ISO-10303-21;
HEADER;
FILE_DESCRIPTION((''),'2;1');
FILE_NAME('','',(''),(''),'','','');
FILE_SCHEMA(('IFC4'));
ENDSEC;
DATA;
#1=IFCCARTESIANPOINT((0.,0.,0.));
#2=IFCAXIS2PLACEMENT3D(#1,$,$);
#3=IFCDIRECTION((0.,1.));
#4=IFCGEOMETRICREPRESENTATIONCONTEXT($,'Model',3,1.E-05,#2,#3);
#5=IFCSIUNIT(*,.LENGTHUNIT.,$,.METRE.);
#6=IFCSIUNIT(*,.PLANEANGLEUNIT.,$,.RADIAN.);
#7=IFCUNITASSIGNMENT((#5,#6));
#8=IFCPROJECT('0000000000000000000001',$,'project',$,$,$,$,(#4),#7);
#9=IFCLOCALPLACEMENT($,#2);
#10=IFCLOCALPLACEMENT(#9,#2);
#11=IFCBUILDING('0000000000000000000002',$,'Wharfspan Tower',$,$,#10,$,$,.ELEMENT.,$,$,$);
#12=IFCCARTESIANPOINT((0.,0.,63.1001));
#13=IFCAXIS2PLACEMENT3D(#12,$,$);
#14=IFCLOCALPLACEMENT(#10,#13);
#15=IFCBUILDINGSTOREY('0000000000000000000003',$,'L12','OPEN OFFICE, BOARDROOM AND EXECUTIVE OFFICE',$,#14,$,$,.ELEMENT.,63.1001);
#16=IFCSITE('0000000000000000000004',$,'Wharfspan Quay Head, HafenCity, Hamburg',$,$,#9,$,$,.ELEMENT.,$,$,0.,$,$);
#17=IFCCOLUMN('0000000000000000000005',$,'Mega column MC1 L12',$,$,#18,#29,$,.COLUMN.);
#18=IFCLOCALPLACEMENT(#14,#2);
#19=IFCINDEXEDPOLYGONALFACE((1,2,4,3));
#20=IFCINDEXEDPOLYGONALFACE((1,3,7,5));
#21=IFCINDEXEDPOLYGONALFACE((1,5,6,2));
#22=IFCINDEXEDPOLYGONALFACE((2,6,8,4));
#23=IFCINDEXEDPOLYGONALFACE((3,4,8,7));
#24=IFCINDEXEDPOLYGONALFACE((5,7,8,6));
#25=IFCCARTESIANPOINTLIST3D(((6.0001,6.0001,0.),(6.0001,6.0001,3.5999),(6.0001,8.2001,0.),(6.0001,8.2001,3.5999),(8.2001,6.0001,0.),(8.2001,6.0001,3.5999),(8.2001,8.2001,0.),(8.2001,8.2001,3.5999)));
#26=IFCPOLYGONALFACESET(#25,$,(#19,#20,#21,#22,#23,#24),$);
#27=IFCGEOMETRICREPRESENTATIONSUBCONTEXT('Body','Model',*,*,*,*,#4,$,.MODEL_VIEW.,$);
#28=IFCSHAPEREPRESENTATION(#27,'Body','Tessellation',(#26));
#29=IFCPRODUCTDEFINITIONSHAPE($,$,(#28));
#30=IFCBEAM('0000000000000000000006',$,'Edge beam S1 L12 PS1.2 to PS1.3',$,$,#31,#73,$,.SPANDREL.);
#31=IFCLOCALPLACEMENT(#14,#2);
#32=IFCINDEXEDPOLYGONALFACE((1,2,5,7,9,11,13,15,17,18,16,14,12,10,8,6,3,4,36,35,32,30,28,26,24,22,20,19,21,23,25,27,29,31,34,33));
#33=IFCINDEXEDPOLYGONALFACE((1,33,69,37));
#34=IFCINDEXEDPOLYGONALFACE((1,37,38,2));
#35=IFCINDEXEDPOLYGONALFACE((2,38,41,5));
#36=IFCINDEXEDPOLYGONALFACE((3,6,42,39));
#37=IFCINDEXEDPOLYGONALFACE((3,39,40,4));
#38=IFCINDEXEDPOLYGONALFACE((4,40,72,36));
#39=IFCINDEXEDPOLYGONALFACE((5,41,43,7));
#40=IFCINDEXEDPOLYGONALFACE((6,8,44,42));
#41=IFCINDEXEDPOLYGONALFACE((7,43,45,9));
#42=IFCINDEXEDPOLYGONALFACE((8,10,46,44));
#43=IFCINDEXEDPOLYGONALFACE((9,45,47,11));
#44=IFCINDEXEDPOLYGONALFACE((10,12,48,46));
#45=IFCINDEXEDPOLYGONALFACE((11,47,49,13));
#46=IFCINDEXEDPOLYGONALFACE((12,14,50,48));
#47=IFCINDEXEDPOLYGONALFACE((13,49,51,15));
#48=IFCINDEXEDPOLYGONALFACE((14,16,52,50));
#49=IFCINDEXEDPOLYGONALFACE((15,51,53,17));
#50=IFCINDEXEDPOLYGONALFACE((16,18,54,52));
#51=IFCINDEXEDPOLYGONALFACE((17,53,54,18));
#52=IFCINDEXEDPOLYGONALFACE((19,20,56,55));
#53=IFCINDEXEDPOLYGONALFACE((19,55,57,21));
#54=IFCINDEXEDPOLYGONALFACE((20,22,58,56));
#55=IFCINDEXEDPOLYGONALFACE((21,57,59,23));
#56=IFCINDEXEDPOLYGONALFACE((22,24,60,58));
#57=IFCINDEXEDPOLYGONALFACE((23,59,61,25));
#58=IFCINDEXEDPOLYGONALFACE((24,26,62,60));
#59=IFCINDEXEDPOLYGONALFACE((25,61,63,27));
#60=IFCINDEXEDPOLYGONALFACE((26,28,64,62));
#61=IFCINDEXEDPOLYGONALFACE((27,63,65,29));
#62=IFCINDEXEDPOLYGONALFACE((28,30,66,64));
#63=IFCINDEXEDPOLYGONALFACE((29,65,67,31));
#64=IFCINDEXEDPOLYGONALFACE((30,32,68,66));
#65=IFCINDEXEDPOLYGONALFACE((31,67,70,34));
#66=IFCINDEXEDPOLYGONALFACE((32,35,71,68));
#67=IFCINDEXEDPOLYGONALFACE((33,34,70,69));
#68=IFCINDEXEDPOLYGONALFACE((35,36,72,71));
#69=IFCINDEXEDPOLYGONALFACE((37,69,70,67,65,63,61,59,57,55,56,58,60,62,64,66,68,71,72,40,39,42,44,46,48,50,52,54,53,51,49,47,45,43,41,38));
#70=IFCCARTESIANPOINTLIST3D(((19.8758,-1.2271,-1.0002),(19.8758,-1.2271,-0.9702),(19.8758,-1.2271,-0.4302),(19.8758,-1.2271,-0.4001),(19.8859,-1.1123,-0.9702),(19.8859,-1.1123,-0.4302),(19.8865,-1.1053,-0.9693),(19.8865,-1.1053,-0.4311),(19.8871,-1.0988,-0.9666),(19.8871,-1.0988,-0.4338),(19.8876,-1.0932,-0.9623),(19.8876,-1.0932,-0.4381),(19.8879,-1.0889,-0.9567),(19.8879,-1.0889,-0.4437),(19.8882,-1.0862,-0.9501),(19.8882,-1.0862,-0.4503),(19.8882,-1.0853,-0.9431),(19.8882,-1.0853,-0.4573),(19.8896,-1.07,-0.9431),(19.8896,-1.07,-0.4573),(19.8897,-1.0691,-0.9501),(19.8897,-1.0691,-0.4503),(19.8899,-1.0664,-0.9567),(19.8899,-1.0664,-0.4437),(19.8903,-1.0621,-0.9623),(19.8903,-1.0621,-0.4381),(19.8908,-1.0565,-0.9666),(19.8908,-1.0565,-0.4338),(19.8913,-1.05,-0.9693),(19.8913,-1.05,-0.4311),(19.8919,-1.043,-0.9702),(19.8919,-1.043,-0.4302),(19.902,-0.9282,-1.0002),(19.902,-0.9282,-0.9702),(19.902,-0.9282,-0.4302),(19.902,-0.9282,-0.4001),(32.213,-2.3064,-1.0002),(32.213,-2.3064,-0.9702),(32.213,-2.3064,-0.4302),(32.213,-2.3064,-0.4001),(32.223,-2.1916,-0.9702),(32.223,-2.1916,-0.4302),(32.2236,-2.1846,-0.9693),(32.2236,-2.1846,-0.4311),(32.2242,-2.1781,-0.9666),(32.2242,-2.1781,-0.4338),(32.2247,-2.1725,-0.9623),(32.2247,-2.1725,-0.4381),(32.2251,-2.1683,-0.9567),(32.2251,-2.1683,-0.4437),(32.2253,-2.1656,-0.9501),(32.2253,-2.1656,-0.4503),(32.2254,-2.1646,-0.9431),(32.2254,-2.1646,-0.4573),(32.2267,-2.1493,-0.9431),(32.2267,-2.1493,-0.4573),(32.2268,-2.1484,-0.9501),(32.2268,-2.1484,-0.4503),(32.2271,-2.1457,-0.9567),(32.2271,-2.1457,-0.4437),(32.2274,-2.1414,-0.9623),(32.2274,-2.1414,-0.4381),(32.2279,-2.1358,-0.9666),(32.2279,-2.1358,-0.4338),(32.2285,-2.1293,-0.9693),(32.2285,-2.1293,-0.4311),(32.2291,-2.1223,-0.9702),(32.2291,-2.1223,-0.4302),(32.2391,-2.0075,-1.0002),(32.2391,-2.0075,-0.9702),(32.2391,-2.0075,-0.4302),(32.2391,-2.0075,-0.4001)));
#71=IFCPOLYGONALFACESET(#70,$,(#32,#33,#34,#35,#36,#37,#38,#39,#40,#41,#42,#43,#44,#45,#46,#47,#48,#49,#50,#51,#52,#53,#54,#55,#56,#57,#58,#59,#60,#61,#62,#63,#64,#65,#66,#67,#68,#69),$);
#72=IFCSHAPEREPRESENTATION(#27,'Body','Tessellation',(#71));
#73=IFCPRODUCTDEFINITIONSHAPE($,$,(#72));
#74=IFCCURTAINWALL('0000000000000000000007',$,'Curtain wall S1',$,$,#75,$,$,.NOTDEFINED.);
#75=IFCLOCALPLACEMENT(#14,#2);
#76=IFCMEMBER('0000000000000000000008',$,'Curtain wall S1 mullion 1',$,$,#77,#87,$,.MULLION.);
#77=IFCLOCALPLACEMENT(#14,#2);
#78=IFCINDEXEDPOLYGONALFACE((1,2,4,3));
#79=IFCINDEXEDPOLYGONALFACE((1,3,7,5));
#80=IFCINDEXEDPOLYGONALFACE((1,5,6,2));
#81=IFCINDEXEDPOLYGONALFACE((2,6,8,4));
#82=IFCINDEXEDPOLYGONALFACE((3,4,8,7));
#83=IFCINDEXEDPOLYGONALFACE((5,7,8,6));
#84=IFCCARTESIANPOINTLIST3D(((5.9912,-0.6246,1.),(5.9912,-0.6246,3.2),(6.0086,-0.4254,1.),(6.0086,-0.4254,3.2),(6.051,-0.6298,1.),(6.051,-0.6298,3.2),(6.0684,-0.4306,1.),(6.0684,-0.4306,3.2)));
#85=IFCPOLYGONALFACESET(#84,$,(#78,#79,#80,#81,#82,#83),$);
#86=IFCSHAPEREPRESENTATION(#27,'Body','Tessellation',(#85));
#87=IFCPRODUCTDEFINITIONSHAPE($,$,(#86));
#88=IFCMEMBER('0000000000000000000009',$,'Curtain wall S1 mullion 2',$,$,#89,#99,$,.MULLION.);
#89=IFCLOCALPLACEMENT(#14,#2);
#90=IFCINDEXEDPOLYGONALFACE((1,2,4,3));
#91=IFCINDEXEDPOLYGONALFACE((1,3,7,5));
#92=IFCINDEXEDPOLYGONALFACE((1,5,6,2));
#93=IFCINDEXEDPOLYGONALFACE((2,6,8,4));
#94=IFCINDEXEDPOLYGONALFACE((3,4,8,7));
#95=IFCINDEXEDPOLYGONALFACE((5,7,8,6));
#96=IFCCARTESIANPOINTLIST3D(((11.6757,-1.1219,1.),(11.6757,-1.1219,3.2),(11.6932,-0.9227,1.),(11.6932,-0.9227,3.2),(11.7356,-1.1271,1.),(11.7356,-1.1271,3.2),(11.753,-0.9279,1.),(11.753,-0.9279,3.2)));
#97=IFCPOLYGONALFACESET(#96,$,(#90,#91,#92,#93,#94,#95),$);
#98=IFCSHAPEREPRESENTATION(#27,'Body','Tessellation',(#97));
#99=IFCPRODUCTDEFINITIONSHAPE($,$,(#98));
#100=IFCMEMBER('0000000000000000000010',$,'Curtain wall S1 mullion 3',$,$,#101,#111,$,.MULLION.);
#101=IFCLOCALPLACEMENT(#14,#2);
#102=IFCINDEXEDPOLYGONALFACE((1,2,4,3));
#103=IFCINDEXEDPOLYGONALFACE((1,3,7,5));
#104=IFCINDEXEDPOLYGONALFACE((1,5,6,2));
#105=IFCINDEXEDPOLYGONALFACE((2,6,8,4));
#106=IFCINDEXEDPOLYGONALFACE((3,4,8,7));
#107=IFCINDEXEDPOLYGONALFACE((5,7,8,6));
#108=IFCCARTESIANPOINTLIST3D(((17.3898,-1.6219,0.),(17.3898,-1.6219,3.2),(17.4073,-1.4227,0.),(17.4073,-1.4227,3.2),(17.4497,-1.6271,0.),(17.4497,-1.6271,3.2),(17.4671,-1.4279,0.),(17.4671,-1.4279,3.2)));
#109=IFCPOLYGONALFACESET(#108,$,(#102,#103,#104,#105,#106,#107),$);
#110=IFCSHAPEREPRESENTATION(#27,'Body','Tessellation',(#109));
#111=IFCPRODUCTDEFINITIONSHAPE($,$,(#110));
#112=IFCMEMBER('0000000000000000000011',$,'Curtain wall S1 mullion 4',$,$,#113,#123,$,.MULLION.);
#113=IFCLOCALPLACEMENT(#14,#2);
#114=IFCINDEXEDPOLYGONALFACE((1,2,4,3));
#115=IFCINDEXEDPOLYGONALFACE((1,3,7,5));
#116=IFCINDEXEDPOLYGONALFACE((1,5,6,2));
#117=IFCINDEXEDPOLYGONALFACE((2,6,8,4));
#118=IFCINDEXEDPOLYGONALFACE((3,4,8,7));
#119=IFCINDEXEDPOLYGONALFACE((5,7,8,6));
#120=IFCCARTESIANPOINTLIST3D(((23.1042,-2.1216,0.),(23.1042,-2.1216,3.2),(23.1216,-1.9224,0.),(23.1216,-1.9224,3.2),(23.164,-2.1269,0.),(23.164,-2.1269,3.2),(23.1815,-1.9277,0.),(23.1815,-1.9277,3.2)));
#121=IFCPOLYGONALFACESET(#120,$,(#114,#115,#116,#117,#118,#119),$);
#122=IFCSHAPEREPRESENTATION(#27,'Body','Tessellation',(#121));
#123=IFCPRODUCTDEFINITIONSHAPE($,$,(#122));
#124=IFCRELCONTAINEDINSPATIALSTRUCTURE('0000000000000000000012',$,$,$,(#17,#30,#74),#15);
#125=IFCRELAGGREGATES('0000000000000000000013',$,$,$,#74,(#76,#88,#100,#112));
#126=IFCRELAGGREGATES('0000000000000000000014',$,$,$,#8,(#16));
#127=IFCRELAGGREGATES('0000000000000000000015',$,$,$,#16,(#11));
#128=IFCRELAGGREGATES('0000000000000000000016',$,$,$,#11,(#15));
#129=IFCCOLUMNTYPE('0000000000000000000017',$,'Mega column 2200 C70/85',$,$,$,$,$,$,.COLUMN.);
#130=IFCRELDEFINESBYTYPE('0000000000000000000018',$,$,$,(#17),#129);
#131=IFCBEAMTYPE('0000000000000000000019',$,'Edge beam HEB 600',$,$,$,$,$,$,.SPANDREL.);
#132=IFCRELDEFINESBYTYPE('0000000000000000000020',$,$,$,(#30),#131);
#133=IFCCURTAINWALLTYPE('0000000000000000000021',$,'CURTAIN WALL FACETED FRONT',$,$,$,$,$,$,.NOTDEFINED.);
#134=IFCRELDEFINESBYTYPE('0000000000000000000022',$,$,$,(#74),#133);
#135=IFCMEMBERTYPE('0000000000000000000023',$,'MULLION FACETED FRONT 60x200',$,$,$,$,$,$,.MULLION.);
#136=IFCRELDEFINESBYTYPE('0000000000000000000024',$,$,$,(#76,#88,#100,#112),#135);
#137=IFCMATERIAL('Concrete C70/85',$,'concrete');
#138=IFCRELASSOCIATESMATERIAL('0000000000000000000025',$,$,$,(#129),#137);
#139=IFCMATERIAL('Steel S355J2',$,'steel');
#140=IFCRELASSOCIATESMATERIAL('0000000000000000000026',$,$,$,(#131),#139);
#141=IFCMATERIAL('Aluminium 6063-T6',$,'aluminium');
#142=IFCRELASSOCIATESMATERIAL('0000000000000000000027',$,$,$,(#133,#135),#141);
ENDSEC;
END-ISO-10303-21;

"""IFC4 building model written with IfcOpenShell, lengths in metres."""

from ifc_helpers import new_model, si_unit, direction, frame, origin, origin_2d, place, context, subcontext, project, spatial, rectangle, i_section, extrude, material, material_profile, profile_set, type_object, element, aggregate, save


model = new_model("IFC4")

# Units and contexts
model_context = context("Model", 3, precision=1e-05, world=origin(), true_north=direction((0.0, 1.0)))
body_context = subcontext(model_context, "Body", "Model", "MODEL_VIEW")
ifc_project = project(units=[si_unit("LENGTHUNIT", "METRE"), si_unit("PLANEANGLEUNIT", "RADIAN")], contexts=[model_context])

# Site, building, storey
site_placement = place(None, origin())
site = spatial("IfcSite", under=ifc_project, at=site_placement, Name="Wharfspan Quay Head, HafenCity, Hamburg", CompositionType="ELEMENT", RefElevation=0.0)
building_placement = place(site_placement, origin())
building = spatial("IfcBuilding", under=site, at=building_placement, Name="Wharfspan Tower", CompositionType="ELEMENT")
storey_placement = place(building_placement, frame((0.0, 0.0, 63.1001)))
storey = spatial("IfcBuildingStorey", under=building, at=storey_placement, Name="L12", Description="OPEN OFFICE, BOARDROOM AND EXECUTIVE OFFICE", CompositionType="ELEMENT", Elevation=63.1001)

# Column
ifc_material_1 = material(Name="Steel S355J2", Category="steel")
ifc_material_2 = material(Name="Concrete C70/85", Category="concrete")
ifc_material_profile_1 = material_profile(ifc_material_2, rectangle(XDim=2.2, YDim=2.2, at=origin_2d()))
ifc_profile_set_1 = profile_set([ifc_material_profile_1], Name="Concrete C70/85")
column_type_1 = type_object("IfcColumnType", Name="Mega column 2200 C70/85", PredefinedType="COLUMN", material=ifc_profile_set_1)
column_placement = place(storey_placement, frame((7.1001, 7.1001, 0.0), z_axis=(0.0, 0.0, 1.0), x_axis=(1.0, 0.0, 0.0)))
element("IfcColumn", 1, at=column_placement, inside=storey, type_object=column_type_1, Name="Mega column MC1 L12", PredefinedType="COLUMN", context=body_context, shape_type="SweptSolid", body=[
    extrude(rectangle(XDim=2.2, YDim=2.2, at=origin_2d()), origin(), (0.0, 0.0, 1.0), 3.5999),
])

# Beam
ifc_material_profile_2 = material_profile(ifc_material_1, i_section(OverallWidth=0.3, OverallDepth=0.6001, WebThickness=0.0154, FlangeThickness=0.03, FilletRadius=0.0271, at=origin_2d()))
ifc_profile_set_2 = profile_set([ifc_material_profile_2], Name="Steel S355J2")
beam_type = type_object("IfcBeamType", Name="Edge beam HEB 600", PredefinedType="SPANDREL", material=ifc_profile_set_2)
beam_placement = place(storey_placement, frame((19.8889, -1.0776, -0.7002), z_axis=(0.996195, -0.087154, 0.0), x_axis=(0.087154, 0.996195, 0.0)))
element("IfcBeam", 2, at=beam_placement, inside=storey, type_object=beam_type, Name="Edge beam S1 L12 PS1.2 to PS1.3", PredefinedType="SPANDREL", context=body_context, shape_type="SweptSolid", body=[
    extrude(i_section(OverallWidth=0.3, OverallDepth=0.6001, WebThickness=0.0154, FlangeThickness=0.03, FilletRadius=0.0271, at=origin_2d()), origin(), (0.0, 0.0, 1.0), 12.3843),
])

# Curtain wall, members
ifc_material_3 = material(Name="Aluminium 6063-T6", Category="aluminium")
curtain_wall_type_1 = type_object("IfcCurtainWallType", Name="CURTAIN WALL FACETED FRONT", PredefinedType="NOTDEFINED", material=ifc_material_3)
curtain_wall_1_placement = place(storey_placement, origin())
curtain_wall_1 = element("IfcCurtainWall", 3, at=curtain_wall_1_placement, inside=storey, type_object=curtain_wall_type_1, Name="Curtain wall S1", PredefinedType="NOTDEFINED")
ifc_material_profile_3 = material_profile(ifc_material_3, rectangle(XDim=0.2, YDim=0.0601, at=origin_2d()))
ifc_profile_set_3 = profile_set([ifc_material_profile_3], Name="Aluminium 6063-T6")
member_type_1 = type_object("IfcMemberType", Name="MULLION FACETED FRONT 60x200", PredefinedType="MULLION", material=ifc_profile_set_3)
member_1_placement = place(storey_placement, frame((6.0298, -0.5276, 1.0), z_axis=(0.0, 0.0, 1.0), x_axis=(0.087156, 0.996197, 0.0)))
member_1 = element("IfcMember", 4, at=member_1_placement, type_object=member_type_1, Name="Curtain wall S1 mullion 1", PredefinedType="MULLION", context=body_context, shape_type="SweptSolid", body=[
    extrude(rectangle(XDim=0.2, YDim=0.0601, at=origin_2d()), origin(), (0.0, 0.0, 1.0), 2.2),
])
member_2_placement = place(storey_placement, frame((11.7144, -1.0249, 1.0), z_axis=(0.0, 0.0, 1.0), x_axis=(0.087156, 0.996197, 0.0)))
member_2 = element("IfcMember", 5, at=member_2_placement, type_object=member_type_1, Name="Curtain wall S1 mullion 2", PredefinedType="MULLION", context=body_context, shape_type="SweptSolid", body=[
    extrude(rectangle(XDim=0.2, YDim=0.0601, at=origin_2d()), origin(), (0.0, 0.0, 1.0), 2.2),
])
member_3_placement = place(storey_placement, frame((17.4285, -1.5249, 0.0), z_axis=(0.0, 0.0, 1.0), x_axis=(0.087156, 0.996197, 0.0)))
member_3 = element("IfcMember", 6, at=member_3_placement, type_object=member_type_1, Name="Curtain wall S1 mullion 3", PredefinedType="MULLION", context=body_context, shape_type="SweptSolid", body=[
    extrude(rectangle(XDim=0.2, YDim=0.0601, at=origin_2d()), origin(), (0.0, 0.0, 1.0), 3.2),
])
member_4_placement = place(storey_placement, frame((23.1428, -2.0247, 0.0), z_axis=(0.0, 0.0, 1.0), x_axis=(0.087156, 0.996197, 0.0)))
member_4 = element("IfcMember", 7, at=member_4_placement, type_object=member_type_1, Name="Curtain wall S1 mullion 4", PredefinedType="MULLION", context=body_context, shape_type="SweptSolid", body=[
    extrude(rectangle(XDim=0.2, YDim=0.0601, at=origin_2d()), origin(), (0.0, 0.0, 1.0), 3.2),
])

aggregate(curtain_wall_1, [member_1, member_2, member_3, member_4])

save(model, "model.ifc")
